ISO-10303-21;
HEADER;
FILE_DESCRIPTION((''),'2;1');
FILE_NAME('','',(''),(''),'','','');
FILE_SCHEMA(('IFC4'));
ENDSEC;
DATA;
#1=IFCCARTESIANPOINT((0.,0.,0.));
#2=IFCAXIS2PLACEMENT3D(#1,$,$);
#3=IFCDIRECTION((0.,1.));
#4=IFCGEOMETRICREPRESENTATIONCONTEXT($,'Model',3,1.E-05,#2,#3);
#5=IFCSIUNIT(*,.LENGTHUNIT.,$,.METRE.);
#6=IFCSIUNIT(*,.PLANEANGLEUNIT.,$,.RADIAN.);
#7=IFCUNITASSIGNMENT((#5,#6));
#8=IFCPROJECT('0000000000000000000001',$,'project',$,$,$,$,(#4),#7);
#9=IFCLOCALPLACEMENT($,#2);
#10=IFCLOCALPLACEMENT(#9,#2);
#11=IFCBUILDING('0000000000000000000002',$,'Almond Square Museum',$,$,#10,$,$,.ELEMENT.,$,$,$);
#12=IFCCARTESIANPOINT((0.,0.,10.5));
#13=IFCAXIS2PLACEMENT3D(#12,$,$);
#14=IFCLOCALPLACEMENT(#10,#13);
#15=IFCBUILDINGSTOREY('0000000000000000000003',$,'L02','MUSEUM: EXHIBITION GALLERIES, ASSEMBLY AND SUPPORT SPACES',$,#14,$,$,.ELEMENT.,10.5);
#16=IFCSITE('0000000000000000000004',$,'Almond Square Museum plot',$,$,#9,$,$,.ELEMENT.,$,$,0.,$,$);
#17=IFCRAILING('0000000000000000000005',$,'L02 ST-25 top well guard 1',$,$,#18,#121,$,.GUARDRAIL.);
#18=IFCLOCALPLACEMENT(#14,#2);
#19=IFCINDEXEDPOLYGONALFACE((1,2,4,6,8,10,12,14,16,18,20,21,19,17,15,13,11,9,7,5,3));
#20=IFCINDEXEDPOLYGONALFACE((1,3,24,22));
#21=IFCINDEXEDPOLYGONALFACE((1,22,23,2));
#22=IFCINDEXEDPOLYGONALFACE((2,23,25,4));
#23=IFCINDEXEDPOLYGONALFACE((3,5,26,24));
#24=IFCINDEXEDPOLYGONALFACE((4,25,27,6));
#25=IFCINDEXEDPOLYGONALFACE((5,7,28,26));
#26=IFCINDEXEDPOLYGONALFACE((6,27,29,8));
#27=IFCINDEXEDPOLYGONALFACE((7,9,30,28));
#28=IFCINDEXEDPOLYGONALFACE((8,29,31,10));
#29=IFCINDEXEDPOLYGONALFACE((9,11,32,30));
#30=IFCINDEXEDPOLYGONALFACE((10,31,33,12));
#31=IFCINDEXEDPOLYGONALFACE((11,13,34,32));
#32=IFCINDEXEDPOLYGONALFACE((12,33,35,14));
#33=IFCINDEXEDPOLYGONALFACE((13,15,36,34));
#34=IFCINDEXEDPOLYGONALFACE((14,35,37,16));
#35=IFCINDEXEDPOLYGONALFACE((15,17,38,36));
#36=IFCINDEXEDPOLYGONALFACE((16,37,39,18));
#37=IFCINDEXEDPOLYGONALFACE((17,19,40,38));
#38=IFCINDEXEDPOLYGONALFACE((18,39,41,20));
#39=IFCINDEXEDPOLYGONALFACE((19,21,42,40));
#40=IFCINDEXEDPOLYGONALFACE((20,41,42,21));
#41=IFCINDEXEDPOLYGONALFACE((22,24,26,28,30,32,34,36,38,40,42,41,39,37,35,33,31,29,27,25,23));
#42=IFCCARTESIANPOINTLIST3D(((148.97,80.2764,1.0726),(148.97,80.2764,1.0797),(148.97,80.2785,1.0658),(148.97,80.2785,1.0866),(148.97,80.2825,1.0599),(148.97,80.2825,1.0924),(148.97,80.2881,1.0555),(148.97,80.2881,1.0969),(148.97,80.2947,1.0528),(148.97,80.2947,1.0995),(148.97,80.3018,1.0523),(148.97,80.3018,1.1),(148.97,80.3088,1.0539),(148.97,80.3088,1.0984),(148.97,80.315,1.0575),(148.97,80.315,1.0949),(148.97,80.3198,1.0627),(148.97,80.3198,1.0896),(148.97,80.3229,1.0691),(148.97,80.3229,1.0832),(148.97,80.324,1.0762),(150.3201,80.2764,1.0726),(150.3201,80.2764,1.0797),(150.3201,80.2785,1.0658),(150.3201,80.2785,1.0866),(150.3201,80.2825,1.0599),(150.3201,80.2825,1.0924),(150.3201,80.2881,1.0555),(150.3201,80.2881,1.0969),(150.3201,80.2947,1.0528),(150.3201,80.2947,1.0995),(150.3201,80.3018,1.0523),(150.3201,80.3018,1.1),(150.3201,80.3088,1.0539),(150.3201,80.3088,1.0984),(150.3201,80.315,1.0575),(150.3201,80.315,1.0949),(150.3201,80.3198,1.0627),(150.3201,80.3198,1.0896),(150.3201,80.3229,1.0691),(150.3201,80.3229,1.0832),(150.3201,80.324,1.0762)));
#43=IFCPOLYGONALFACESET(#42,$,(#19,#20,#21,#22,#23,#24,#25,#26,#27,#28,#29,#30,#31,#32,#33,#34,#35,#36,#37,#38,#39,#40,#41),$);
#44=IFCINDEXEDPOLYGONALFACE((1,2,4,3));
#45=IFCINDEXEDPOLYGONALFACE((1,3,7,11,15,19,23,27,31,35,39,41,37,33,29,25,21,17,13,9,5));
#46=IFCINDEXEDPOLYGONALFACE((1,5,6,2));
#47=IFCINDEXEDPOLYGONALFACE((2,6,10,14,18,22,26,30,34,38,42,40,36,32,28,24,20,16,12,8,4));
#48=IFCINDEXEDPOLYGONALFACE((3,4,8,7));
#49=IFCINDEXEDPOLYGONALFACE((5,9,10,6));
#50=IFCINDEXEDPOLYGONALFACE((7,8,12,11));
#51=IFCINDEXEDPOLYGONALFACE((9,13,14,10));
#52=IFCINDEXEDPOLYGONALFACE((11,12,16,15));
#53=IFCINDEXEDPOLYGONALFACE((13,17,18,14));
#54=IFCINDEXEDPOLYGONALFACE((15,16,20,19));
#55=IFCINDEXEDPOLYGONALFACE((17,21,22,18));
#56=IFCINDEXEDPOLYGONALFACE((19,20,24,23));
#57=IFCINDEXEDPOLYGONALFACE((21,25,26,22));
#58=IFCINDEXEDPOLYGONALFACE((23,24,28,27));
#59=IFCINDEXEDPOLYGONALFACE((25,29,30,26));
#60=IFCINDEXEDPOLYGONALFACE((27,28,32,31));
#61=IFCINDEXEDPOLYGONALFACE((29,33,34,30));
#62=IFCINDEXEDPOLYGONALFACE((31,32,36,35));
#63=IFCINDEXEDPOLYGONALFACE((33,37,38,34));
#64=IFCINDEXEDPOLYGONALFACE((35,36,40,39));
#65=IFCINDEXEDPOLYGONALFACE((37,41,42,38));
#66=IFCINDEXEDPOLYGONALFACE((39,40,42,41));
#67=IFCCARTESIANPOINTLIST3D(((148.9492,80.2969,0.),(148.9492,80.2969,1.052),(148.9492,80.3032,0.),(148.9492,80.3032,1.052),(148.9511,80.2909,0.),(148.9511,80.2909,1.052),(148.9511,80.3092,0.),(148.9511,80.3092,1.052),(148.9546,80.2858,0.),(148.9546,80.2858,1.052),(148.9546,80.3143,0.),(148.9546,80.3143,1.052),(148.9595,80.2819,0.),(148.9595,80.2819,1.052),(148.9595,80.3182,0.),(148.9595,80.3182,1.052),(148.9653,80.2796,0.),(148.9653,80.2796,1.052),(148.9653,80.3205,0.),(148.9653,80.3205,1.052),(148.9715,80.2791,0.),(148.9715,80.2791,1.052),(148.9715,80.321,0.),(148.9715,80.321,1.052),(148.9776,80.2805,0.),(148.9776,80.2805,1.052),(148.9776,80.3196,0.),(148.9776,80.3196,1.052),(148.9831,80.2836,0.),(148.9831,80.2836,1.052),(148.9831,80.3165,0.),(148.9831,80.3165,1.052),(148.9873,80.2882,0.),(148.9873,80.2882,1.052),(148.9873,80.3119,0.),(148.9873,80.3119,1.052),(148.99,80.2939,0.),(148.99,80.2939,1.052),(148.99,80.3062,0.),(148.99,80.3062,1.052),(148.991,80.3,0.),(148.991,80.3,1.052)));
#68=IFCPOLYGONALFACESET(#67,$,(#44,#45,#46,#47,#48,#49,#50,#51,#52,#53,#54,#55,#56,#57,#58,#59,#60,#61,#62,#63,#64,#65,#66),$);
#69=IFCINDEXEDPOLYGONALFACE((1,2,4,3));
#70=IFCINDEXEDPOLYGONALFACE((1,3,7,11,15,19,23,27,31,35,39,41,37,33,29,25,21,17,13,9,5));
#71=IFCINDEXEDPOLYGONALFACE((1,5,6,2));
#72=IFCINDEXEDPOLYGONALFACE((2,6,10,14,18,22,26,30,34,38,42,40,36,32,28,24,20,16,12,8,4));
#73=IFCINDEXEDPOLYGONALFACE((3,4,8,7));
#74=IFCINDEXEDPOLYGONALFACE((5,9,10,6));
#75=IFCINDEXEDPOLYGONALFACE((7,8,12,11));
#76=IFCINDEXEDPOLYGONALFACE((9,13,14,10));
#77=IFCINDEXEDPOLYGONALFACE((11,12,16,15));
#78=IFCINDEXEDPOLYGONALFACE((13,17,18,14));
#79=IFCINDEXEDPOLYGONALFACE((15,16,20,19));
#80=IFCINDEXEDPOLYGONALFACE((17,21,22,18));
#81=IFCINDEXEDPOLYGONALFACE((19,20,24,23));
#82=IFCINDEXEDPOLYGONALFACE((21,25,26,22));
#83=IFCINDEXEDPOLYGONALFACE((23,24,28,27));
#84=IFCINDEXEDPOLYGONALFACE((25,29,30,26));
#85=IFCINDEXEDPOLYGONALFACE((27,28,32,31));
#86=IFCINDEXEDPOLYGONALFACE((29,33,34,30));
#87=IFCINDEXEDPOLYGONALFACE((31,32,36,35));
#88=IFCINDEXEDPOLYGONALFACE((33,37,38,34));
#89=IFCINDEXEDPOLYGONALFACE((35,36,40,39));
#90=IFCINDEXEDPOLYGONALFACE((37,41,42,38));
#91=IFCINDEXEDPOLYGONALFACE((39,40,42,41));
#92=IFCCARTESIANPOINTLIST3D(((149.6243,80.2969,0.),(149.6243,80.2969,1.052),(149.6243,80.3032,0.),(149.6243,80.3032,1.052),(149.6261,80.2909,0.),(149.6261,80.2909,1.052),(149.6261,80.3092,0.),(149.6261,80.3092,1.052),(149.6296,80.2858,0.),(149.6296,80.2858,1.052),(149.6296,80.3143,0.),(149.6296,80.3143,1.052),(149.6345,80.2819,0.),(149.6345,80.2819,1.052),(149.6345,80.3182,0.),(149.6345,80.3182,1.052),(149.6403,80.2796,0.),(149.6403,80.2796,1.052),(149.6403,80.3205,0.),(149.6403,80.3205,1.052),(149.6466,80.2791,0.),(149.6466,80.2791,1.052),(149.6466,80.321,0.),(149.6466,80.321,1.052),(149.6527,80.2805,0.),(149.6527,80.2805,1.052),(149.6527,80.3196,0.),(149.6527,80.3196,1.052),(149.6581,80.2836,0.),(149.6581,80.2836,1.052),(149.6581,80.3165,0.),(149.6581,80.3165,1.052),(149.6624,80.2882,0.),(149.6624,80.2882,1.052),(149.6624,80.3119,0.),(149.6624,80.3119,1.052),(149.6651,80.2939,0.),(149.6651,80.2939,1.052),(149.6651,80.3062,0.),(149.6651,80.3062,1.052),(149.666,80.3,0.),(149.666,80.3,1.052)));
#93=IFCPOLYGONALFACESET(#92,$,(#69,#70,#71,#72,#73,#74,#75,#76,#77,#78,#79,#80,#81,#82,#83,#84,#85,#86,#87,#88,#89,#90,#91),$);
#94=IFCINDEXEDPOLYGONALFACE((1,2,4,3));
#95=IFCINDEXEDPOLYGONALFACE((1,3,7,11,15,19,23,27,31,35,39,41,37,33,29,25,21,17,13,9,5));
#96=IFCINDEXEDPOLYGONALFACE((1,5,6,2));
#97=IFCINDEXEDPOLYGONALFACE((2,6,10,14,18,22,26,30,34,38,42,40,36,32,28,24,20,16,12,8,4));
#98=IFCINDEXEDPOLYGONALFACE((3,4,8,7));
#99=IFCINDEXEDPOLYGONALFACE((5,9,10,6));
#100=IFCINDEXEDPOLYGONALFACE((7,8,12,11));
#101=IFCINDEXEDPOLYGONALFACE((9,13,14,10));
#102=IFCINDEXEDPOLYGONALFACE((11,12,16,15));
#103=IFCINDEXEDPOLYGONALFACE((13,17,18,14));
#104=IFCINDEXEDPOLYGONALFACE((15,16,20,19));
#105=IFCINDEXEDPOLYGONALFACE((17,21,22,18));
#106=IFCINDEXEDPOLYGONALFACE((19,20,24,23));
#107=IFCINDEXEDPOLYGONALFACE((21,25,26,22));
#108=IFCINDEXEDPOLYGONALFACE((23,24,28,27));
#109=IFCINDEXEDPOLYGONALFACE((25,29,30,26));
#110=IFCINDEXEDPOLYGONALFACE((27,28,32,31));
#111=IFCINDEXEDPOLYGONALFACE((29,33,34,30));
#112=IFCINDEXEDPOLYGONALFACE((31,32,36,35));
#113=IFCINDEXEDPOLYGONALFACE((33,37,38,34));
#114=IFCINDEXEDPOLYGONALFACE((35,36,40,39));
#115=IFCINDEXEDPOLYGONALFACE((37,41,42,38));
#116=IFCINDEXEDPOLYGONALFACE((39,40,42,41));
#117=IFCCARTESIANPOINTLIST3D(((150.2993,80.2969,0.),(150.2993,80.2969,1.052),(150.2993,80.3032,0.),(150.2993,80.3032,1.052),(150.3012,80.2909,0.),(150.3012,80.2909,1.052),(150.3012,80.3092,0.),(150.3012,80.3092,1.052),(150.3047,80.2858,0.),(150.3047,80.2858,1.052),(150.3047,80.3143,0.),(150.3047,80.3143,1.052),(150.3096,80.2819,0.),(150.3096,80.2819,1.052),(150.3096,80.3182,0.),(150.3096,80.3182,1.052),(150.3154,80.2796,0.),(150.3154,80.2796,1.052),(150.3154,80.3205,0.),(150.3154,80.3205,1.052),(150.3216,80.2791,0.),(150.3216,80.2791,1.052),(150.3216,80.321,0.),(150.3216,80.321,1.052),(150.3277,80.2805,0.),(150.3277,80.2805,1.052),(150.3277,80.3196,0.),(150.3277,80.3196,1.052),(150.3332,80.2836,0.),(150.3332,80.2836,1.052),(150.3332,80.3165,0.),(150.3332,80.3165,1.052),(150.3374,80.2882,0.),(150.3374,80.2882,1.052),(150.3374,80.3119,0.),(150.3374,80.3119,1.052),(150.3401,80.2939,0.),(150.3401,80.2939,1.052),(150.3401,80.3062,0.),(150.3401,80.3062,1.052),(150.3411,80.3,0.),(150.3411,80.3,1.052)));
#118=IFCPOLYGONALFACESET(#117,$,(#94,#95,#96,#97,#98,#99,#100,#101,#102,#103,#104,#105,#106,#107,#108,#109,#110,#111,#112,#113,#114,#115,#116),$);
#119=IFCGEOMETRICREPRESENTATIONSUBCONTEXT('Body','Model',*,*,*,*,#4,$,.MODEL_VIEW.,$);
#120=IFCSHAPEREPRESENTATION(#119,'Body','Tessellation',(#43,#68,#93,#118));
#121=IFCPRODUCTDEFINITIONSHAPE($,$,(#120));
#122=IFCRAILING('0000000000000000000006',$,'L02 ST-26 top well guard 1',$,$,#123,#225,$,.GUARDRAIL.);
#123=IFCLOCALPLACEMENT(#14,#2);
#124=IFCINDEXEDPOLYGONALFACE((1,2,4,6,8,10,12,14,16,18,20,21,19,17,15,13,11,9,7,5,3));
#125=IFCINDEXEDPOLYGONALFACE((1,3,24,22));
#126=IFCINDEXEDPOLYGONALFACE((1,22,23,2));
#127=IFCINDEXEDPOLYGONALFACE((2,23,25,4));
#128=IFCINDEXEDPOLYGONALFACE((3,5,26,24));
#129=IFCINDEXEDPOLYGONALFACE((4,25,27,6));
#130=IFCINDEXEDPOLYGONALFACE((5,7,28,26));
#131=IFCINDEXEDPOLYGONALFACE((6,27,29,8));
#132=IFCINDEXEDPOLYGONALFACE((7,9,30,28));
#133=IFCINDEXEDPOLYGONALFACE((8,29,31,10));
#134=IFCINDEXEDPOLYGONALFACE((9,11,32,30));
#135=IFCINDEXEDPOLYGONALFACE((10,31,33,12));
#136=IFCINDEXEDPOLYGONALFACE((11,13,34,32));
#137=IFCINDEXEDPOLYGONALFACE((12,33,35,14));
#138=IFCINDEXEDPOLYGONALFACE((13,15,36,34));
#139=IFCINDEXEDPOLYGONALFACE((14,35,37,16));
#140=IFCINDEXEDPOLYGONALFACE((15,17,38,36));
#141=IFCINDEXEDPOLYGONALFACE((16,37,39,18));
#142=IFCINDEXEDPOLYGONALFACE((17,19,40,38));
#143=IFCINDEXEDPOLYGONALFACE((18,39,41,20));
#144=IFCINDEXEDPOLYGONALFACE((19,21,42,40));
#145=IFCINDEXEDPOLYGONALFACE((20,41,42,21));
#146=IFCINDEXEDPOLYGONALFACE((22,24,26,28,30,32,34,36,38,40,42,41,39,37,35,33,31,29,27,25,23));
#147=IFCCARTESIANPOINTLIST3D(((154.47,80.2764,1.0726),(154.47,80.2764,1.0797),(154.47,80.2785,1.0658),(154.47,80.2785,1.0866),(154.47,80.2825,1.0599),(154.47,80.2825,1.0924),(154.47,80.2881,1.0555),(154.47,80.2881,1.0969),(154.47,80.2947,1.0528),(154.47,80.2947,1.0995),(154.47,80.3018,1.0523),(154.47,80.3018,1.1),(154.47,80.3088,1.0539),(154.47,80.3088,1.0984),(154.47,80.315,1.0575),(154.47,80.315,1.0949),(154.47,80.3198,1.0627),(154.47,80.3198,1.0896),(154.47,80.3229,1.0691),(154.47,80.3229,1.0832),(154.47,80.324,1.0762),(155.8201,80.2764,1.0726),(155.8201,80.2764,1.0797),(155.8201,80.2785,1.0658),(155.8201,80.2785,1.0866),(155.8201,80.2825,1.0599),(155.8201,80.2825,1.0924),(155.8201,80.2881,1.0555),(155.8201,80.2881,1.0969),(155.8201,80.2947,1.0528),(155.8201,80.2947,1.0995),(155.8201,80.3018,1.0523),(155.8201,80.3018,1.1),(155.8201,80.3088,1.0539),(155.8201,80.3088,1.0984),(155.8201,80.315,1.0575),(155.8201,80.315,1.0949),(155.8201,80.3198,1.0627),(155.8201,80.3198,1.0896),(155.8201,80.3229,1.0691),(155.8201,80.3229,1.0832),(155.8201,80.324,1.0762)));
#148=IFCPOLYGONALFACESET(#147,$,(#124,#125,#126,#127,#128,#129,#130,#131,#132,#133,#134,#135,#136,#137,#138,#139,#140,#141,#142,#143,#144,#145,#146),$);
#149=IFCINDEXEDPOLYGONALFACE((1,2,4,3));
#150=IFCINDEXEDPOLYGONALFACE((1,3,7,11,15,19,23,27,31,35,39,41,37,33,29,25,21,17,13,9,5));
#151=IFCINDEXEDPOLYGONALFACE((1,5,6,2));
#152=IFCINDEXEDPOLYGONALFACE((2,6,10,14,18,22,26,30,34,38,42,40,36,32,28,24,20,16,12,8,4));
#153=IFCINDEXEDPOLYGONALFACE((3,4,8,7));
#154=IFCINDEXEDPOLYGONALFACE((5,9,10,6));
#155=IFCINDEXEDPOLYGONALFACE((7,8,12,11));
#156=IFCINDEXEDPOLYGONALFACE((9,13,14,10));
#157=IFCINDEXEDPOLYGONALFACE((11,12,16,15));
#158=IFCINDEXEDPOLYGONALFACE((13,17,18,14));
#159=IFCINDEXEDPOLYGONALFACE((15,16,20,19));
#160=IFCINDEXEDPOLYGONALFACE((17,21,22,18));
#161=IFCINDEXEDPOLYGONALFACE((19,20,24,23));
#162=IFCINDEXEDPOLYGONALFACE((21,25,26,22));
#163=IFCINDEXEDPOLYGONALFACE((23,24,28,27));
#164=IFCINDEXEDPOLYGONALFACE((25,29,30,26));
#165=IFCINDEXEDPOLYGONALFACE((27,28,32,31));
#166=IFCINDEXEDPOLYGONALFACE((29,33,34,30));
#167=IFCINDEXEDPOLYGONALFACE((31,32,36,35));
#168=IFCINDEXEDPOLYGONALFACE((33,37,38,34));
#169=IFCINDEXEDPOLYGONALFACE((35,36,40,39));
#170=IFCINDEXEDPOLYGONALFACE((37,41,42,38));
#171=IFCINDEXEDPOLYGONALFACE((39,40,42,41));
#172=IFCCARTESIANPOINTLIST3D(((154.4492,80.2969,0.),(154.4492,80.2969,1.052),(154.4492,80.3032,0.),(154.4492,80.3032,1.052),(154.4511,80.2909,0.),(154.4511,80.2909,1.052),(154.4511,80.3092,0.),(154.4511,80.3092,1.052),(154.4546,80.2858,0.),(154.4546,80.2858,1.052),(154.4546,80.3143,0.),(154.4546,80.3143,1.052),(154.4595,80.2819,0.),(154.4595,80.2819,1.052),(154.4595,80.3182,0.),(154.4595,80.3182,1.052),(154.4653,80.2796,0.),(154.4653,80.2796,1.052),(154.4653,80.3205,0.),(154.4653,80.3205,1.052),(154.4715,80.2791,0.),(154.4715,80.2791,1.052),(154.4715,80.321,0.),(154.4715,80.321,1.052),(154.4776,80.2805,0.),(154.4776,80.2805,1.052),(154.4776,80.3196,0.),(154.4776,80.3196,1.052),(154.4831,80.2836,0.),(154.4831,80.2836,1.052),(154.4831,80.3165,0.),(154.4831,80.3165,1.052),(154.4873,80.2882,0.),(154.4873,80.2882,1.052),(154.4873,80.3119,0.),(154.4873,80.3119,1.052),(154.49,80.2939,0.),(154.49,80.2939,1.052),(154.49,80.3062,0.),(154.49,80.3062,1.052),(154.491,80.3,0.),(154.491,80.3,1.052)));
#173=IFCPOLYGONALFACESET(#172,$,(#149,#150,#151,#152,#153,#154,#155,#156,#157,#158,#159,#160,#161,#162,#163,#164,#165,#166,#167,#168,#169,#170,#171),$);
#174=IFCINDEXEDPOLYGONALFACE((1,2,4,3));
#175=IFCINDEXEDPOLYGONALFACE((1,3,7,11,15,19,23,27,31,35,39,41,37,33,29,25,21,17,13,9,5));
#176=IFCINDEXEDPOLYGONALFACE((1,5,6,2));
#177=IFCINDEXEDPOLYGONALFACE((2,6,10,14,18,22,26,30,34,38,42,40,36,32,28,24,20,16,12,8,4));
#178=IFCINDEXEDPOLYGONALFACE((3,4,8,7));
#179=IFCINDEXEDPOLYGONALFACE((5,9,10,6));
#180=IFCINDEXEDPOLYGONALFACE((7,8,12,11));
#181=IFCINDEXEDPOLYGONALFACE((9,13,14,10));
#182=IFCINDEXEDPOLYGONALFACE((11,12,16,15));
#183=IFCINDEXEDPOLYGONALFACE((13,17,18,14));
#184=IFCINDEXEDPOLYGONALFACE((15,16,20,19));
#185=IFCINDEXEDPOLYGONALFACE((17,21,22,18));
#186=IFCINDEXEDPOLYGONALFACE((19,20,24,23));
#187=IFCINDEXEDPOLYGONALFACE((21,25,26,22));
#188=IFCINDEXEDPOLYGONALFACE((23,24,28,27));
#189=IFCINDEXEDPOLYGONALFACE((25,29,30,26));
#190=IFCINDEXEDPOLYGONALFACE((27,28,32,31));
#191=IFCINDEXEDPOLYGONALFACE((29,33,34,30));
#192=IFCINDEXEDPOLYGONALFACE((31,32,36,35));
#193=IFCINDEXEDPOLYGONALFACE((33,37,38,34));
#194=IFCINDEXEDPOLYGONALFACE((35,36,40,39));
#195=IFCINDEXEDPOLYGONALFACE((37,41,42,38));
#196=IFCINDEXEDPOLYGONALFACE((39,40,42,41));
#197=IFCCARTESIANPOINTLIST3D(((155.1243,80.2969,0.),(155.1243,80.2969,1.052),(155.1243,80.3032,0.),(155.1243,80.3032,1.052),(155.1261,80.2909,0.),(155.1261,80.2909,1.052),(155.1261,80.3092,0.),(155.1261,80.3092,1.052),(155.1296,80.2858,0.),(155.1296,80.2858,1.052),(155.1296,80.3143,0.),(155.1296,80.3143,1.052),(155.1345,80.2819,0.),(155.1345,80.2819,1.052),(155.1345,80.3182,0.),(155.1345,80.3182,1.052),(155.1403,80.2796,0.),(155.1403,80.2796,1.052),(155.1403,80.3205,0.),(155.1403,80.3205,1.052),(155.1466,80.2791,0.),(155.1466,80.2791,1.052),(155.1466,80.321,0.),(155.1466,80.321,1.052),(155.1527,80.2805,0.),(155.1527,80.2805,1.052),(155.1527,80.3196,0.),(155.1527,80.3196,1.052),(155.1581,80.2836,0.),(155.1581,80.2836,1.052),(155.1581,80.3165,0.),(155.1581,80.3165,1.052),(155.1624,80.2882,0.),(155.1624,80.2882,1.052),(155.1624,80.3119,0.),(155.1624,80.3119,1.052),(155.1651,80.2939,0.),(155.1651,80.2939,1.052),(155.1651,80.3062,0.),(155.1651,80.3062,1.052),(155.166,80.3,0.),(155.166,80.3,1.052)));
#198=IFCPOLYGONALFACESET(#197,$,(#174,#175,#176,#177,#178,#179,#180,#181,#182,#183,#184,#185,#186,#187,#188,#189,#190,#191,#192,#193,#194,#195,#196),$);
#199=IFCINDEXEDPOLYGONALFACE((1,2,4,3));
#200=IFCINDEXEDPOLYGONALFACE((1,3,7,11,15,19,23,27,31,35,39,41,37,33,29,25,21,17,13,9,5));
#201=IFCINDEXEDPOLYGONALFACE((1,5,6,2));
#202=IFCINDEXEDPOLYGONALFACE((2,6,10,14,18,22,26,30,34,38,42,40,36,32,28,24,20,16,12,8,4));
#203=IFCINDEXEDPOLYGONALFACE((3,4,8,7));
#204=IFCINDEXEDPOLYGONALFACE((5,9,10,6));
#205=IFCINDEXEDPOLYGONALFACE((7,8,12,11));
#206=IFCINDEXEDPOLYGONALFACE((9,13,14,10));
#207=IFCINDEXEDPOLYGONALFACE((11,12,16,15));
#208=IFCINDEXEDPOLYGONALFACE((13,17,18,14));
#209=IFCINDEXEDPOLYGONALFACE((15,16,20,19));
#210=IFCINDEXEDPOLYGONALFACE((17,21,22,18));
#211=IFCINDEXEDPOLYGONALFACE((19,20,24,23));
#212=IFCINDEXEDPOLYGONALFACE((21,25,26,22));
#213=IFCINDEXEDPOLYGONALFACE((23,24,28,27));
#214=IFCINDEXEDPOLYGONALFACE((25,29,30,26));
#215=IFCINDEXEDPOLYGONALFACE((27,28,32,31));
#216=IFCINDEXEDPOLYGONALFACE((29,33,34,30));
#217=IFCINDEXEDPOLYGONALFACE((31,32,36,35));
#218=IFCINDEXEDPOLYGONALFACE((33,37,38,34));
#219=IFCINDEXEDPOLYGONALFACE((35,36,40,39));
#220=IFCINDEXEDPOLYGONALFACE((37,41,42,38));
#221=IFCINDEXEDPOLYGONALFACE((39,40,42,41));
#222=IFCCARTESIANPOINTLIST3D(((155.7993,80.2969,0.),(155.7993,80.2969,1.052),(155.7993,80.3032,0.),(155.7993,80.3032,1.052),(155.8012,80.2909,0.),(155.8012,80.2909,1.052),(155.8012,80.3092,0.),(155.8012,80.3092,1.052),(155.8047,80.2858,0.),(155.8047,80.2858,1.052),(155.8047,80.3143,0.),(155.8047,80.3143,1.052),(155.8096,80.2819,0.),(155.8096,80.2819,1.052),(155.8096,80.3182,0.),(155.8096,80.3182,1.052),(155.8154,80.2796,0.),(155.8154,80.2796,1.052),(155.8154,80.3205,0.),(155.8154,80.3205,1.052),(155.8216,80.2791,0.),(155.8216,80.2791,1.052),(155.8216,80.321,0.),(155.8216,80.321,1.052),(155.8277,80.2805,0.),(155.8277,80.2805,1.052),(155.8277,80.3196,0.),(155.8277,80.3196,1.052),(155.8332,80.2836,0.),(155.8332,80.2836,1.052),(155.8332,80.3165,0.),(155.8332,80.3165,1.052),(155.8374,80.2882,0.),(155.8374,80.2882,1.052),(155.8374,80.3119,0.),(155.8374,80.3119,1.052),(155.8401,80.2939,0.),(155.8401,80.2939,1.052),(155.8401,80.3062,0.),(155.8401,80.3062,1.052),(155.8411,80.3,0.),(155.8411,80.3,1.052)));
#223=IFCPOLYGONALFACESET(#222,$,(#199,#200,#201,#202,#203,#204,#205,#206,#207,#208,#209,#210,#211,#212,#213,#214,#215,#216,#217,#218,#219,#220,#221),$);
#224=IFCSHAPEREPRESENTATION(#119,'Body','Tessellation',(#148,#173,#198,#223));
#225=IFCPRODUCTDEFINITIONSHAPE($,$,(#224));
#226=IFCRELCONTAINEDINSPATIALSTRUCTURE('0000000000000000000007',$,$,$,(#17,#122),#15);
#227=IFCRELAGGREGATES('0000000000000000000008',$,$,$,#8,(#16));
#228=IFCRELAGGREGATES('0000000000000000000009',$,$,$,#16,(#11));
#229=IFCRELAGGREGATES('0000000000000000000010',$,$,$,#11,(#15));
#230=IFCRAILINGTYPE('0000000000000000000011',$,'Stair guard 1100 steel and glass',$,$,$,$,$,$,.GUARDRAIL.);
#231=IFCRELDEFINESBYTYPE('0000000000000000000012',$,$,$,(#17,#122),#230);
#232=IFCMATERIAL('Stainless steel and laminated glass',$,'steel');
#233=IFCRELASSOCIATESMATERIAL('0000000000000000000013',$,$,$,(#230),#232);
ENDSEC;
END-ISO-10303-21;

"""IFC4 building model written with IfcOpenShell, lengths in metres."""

from ifc_helpers import new_model, si_unit, direction, frame, origin, origin_2d, place, context, subcontext, project, spatial, circle, extrude, material, type_object, element, save


model = new_model("IFC4")

# Units and contexts
model_context = context("Model", 3, precision=1e-05, world=origin(), true_north=direction((0.0, 1.0)))
body_context = subcontext(model_context, "Body", "Model", "MODEL_VIEW")
ifc_project = project(units=[si_unit("LENGTHUNIT", "METRE"), si_unit("PLANEANGLEUNIT", "RADIAN")], contexts=[model_context])

# Site, building, storey
site_placement = place(None, origin())
site = spatial("IfcSite", under=ifc_project, at=site_placement, Name="Almond Square Museum plot", CompositionType="ELEMENT", RefElevation=0.0)
building_placement = place(site_placement, origin())
building = spatial("IfcBuilding", under=site, at=building_placement, Name="Almond Square Museum", CompositionType="ELEMENT")
storey_placement = place(building_placement, frame((0.0, 0.0, 10.5)))
storey = spatial("IfcBuildingStorey", under=building, at=storey_placement, Name="L02", Description="MUSEUM: EXHIBITION GALLERIES, ASSEMBLY AND SUPPORT SPACES", CompositionType="ELEMENT", Elevation=10.5)

# Railings
ifc_material_1 = material(Name="Stainless steel and laminated glass", Category="steel")
railing_type = type_object("IfcRailingType", Name="Stair guard 1100 steel and glass", PredefinedType="GUARDRAIL", material=ifc_material_1)
for number, where, name in (
    (1, (148.97, 80.3, 0.0), "L02 ST-25 top well guard 1"),
    (2, (154.47, 80.3, 0.0), "L02 ST-26 top well guard 1"),
):
    element("IfcRailing", number, at=place(storey_placement, frame(where)), inside=storey, type_object=railing_type, Name=name, PredefinedType="GUARDRAIL", context=body_context, shape_type="SweptSolid", body=[
        extrude(circle(Radius=0.0239, at=origin_2d()), frame((0.0, 0.0, 1.0762), z_axis=(1.0, 0.0, 0.0), x_axis=(0.0, 1.0, 0.0)), (0.0, 0.0, 1.0), 1.3501),
        extrude(circle(Radius=0.021, at=origin_2d()), origin(), (0.0, 0.0, 1.0), 1.052),
        extrude(circle(Radius=0.021, at=origin_2d()), frame((0.675, 0.0, 0.0)), (0.0, 0.0, 1.0), 1.052),
        extrude(circle(Radius=0.021, at=origin_2d()), frame((1.3501, 0.0, 0.0)), (0.0, 0.0, 1.0), 1.052),
    ])

save(model, "model.ifc")
